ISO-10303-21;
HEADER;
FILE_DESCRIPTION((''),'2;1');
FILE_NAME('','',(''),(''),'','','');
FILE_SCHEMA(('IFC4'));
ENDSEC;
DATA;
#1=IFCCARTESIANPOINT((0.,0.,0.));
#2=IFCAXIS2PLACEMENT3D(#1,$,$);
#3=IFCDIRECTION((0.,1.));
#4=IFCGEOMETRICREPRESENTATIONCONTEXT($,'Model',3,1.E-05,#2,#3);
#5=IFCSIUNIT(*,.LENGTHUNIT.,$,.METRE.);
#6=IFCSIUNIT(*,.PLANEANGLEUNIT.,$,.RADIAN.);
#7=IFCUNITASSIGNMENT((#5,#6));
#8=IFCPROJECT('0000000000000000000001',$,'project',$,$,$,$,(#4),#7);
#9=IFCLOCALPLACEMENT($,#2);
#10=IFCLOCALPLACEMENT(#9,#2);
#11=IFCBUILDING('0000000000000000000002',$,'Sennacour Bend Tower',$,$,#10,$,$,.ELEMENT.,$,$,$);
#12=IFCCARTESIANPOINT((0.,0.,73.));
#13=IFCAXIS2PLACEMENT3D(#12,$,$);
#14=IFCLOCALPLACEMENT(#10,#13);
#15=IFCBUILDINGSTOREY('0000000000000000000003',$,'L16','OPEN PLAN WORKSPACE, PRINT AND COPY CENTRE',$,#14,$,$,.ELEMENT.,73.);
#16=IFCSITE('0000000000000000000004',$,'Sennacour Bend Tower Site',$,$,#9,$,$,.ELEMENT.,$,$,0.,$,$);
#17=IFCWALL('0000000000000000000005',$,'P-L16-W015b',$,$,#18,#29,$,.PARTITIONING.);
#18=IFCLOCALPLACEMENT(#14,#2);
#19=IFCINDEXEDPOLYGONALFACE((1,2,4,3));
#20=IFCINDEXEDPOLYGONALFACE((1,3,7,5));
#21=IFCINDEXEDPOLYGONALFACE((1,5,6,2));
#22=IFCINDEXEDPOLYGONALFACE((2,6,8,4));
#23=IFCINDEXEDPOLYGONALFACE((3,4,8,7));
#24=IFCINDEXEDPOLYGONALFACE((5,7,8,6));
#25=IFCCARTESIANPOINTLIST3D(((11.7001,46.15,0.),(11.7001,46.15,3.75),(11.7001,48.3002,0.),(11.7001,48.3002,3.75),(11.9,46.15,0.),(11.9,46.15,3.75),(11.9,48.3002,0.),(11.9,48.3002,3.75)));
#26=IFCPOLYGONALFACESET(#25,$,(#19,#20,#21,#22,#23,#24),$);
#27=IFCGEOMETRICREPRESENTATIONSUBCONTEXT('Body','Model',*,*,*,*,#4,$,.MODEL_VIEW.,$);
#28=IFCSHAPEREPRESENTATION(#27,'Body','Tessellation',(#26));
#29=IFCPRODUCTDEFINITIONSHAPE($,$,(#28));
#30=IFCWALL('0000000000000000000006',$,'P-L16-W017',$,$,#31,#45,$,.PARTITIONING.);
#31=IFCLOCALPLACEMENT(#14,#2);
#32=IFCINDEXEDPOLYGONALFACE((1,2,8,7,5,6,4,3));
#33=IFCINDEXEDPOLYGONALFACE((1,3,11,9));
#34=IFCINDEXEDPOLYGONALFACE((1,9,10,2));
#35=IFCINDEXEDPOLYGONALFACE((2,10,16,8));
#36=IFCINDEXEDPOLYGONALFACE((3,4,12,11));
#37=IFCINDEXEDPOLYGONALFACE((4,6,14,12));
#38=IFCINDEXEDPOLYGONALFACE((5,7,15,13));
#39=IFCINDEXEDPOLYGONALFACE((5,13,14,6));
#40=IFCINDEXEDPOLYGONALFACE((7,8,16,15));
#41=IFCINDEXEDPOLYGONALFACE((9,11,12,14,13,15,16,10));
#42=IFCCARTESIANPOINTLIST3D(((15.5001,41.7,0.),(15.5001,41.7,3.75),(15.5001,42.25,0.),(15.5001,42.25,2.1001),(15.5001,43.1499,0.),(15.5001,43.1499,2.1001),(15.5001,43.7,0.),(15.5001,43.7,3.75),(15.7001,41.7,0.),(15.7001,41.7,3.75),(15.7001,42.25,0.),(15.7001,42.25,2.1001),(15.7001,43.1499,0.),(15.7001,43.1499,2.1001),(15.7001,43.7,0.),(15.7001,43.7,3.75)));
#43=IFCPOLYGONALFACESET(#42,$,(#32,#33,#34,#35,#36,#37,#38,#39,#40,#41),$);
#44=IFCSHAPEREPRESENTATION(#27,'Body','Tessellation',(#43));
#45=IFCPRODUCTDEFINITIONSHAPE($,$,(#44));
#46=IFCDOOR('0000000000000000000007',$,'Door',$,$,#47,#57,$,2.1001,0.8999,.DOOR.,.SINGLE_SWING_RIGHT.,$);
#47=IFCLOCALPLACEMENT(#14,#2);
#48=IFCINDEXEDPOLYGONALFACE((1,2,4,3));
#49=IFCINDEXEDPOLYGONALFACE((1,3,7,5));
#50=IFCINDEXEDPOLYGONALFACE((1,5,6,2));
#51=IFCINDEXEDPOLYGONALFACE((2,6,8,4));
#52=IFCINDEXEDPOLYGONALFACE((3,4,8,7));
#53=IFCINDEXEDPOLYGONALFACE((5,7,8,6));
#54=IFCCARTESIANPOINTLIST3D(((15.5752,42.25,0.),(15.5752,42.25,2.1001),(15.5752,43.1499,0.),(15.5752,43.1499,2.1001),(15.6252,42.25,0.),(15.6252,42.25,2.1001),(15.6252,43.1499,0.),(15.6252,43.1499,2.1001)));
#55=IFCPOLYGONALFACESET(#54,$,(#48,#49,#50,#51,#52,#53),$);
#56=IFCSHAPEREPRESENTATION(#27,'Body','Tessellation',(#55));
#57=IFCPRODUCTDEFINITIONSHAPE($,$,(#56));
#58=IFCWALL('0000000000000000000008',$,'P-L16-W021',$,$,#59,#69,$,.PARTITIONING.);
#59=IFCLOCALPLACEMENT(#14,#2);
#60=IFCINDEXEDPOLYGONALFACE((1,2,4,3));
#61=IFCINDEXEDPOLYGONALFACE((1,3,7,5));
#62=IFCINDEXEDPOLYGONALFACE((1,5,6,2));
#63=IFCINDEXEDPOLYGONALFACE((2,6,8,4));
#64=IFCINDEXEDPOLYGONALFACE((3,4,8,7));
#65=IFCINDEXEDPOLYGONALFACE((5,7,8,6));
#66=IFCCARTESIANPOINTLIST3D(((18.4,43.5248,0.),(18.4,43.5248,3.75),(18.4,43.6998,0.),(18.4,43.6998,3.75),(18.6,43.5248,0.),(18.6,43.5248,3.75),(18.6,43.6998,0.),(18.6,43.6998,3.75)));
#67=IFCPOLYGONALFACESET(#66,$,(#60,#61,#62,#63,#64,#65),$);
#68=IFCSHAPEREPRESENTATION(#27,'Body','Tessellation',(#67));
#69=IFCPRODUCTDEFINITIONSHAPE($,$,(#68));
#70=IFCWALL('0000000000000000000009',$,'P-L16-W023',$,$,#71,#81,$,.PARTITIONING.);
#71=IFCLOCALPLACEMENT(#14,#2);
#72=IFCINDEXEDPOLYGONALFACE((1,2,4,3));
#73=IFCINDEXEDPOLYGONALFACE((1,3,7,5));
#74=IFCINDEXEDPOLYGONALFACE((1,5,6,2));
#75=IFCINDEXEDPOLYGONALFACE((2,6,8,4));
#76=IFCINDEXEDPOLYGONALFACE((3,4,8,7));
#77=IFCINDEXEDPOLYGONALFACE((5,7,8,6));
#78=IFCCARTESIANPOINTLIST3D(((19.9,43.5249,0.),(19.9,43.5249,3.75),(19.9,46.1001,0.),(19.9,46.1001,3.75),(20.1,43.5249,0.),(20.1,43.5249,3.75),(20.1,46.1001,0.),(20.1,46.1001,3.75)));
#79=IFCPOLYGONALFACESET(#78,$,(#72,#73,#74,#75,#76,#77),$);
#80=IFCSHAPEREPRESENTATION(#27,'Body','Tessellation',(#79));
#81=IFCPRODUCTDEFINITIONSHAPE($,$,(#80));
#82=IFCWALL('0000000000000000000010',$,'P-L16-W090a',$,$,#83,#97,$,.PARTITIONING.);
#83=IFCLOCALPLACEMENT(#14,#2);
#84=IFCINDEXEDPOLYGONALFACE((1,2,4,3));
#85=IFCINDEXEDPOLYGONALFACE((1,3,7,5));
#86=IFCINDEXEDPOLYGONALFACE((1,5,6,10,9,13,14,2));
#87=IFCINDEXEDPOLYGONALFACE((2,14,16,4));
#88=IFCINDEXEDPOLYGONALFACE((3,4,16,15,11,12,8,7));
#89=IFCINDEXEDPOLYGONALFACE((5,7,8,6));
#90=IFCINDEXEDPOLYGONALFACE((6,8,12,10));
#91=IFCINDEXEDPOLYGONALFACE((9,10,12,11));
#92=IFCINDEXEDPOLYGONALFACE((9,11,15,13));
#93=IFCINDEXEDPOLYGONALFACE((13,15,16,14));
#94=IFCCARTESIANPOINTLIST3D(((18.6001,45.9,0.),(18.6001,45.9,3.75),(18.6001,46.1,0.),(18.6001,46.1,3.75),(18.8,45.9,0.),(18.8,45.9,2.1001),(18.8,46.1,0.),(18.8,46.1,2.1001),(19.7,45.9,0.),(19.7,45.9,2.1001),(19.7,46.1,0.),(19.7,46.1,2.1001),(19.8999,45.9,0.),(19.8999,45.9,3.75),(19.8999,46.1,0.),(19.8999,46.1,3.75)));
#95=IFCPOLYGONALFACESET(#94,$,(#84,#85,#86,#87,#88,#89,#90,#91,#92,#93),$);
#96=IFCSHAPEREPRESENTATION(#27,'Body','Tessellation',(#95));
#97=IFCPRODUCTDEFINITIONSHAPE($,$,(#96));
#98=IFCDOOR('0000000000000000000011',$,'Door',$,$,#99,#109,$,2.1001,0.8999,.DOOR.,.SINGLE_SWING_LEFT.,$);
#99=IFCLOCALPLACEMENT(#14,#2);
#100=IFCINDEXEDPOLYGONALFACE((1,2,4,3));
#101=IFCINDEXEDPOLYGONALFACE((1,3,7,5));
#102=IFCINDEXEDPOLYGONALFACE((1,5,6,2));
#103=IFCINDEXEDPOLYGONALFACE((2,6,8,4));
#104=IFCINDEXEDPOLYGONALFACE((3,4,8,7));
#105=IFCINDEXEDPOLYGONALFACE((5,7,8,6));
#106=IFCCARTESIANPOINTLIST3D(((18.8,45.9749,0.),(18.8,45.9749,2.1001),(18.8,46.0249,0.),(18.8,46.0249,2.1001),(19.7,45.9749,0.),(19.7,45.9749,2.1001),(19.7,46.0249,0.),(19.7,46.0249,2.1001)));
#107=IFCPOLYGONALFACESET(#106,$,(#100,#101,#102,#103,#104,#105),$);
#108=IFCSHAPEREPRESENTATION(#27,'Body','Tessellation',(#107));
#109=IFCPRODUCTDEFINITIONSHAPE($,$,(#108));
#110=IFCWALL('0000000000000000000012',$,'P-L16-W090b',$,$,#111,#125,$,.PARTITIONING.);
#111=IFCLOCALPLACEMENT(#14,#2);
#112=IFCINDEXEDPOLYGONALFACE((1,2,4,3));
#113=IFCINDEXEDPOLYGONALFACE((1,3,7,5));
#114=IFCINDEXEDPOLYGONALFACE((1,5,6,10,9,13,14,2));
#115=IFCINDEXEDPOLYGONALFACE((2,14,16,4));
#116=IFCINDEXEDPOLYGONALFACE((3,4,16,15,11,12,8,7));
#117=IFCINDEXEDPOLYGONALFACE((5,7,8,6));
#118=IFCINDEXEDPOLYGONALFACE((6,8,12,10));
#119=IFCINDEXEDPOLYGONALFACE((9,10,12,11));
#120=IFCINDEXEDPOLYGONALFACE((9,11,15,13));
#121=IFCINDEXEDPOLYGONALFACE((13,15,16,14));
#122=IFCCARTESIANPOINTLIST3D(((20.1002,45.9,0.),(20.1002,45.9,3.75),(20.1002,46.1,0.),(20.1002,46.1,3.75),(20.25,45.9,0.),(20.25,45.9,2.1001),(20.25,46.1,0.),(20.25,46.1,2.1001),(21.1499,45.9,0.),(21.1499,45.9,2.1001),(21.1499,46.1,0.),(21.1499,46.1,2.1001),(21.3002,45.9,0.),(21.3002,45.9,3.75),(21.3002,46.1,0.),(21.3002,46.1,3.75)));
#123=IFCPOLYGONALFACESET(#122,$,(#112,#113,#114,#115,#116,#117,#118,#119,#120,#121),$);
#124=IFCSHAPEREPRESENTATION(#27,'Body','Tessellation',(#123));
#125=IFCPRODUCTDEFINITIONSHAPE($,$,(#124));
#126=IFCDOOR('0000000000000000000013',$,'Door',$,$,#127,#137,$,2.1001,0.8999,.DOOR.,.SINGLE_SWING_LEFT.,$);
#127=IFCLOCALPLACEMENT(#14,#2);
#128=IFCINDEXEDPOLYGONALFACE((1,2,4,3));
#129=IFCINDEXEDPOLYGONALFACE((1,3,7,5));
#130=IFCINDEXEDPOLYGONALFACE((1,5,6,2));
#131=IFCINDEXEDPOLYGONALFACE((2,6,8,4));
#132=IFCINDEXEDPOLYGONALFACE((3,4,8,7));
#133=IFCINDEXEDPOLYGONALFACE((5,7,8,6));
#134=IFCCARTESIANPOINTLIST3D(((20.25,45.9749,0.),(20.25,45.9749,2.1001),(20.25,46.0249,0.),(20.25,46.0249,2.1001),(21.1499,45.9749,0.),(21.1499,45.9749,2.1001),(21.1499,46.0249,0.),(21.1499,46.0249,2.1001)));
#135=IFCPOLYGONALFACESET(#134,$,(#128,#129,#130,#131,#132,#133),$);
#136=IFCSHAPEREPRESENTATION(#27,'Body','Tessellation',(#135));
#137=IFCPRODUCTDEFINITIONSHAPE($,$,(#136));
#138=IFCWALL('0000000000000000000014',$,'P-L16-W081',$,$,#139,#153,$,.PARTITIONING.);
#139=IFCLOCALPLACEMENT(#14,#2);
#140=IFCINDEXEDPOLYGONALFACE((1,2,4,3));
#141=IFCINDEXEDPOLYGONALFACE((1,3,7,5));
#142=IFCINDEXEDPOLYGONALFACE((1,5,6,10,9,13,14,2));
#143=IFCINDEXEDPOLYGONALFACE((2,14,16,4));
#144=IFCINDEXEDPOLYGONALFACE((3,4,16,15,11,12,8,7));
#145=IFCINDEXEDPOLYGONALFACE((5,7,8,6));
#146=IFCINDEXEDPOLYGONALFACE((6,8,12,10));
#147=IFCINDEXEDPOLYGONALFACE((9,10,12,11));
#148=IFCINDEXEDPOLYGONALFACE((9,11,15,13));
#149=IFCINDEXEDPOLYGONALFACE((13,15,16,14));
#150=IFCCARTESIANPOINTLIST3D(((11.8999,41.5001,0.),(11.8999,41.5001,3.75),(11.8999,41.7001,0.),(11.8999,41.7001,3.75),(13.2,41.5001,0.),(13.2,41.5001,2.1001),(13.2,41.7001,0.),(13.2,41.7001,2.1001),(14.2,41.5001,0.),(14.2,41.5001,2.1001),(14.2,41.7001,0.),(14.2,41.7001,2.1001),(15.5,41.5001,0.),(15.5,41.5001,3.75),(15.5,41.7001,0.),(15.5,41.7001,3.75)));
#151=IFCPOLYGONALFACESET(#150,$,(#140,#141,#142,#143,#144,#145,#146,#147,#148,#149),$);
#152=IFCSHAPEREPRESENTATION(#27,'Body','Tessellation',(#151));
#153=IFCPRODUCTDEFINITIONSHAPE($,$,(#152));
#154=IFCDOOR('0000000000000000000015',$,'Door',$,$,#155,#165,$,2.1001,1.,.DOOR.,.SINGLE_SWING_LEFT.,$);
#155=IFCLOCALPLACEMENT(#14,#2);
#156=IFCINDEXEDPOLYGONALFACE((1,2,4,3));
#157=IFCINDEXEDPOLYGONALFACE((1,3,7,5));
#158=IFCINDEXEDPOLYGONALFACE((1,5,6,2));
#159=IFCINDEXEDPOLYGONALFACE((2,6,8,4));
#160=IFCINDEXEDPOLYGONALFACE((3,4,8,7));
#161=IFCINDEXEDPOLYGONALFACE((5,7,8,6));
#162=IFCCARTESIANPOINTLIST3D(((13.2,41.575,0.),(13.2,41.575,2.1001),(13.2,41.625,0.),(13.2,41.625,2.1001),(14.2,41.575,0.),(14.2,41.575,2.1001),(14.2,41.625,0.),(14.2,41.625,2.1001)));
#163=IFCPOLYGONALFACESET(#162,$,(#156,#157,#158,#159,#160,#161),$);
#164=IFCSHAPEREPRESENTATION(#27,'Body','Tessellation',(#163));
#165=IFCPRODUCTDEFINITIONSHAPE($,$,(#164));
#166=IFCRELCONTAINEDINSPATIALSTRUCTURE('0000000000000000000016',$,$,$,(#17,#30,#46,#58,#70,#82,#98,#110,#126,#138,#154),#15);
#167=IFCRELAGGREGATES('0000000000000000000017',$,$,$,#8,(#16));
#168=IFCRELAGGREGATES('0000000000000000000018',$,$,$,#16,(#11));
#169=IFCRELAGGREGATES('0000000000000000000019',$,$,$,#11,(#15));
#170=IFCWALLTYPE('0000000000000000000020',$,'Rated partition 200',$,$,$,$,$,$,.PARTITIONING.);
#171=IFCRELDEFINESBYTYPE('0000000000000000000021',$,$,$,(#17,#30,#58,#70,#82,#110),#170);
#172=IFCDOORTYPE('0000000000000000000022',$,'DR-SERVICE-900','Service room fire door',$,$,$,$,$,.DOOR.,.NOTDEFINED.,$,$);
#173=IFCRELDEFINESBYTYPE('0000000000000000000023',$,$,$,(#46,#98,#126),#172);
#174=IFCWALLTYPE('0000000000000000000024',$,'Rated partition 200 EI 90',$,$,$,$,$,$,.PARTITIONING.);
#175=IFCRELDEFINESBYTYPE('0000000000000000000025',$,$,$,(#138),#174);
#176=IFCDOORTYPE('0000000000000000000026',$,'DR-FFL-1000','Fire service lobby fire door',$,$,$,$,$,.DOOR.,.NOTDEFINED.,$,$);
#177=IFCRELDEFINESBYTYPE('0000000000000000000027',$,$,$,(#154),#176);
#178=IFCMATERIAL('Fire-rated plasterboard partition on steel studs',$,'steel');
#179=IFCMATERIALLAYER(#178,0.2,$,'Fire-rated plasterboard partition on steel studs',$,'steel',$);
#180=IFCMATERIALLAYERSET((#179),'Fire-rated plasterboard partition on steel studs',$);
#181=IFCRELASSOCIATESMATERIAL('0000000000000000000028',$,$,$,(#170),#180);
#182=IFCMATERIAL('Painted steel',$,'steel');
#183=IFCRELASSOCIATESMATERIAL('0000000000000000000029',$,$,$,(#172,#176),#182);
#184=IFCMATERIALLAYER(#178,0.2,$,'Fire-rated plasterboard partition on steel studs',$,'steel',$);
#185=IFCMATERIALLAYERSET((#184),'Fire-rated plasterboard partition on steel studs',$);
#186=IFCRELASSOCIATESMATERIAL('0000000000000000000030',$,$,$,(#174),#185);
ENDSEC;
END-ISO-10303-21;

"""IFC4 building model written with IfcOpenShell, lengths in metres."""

from ifc_helpers import new_model, si_unit, direction, frame, frame_2d, origin, place, context, subcontext, project, spatial, rectangle, extrude, material, layer, layer_set, type_object, element, fill, save


model = new_model("IFC4")

# Units and contexts
model_context = context("Model", 3, precision=1e-05, world=origin(), true_north=direction((0.0, 1.0)))
body_context = subcontext(model_context, "Body", "Model", "MODEL_VIEW")
ifc_project = project(units=[si_unit("LENGTHUNIT", "METRE"), si_unit("PLANEANGLEUNIT", "RADIAN")], contexts=[model_context])

# Site, building, storey
site_placement = place(None, origin())
site = spatial("IfcSite", under=ifc_project, at=site_placement, Name="Sennacour Bend Tower Site", CompositionType="ELEMENT", RefElevation=0.0)
building_placement = place(site_placement, origin())
building = spatial("IfcBuilding", under=site, at=building_placement, Name="Sennacour Bend Tower", CompositionType="ELEMENT")
storey_placement = place(building_placement, frame((0.0, 0.0, 73.0)))
storey = spatial("IfcBuildingStorey", under=building, at=storey_placement, Name="L16", Description="OPEN PLAN WORKSPACE, PRINT AND COPY CENTRE", CompositionType="ELEMENT", Elevation=73.0)

# Wall
ifc_material_1 = material(Name="Fire-rated plasterboard partition on steel studs", Category="steel")
ifc_layer_1 = layer(ifc_material_1, 0.2, Name="Fire-rated plasterboard partition on steel studs", Category="steel")
ifc_layer_set_1 = layer_set([ifc_layer_1], Name="Fire-rated plasterboard partition on steel studs")
wall_type_1 = type_object("IfcWallType", Name="Rated partition 200", PredefinedType="PARTITIONING", material=ifc_layer_set_1)
wall_1_placement = place(storey_placement, frame((11.8, 46.1499, 0.0), z_axis=(0.0, 0.0, 1.0), x_axis=(0.0, 1.0, 0.0)))
element("IfcWall", 1, at=wall_1_placement, inside=storey, type_object=wall_type_1, Name="P-L16-W015b", PredefinedType="PARTITIONING", context=body_context, shape_type="SweptSolid", body=[
    extrude(rectangle(XDim=2.1501, YDim=0.2, at=frame_2d((1.0752, 0.0))), origin(), (0.0, 0.0, 1.0), 3.75),
])

# Wall, opening, door
wall_2_placement = place(storey_placement, frame((15.6001, 41.7, 0.0), z_axis=(0.0, 0.0, 1.0), x_axis=(0.0, 1.0, 0.0)))
wall_2 = element("IfcWall", 2, at=wall_2_placement, inside=storey, type_object=wall_type_1, Name="P-L16-W017", PredefinedType="PARTITIONING", context=body_context, shape_type="SweptSolid", body=[
    extrude(rectangle(XDim=2.0, YDim=0.2, at=frame_2d((1.0, 0.0))), origin(), (0.0, 0.0, 1.0), 3.75),
])
opening_1_placement = place(wall_2_placement, frame((0.55, 0.0, 0.0)))
opening_1 = element("IfcOpeningElement", 3, at=opening_1_placement, cuts=wall_2, PredefinedType="OPENING", context=body_context, shape_type="SweptSolid", body=[
    extrude(rectangle(XDim=0.8999, YDim=2.1001, at=frame_2d((0.45, 1.05))), frame((0.0, 0.1099, 0.0), z_axis=(0.0, -1.0, 0.0), x_axis=(1.0, 0.0, 0.0)), (0.0, 0.0, 1.0), 0.22),
])
ifc_material_2 = material(Name="Painted steel", Category="steel")
door_type_1 = type_object("IfcDoorType", Name="DR-SERVICE-900", Description="Service room fire door", OperationType="NOTDEFINED", PredefinedType="DOOR", material=ifc_material_2)
door_1_placement = place(opening_1_placement, origin())
door_1 = element("IfcDoor", 4, at=door_1_placement, inside=storey, type_object=door_type_1, Name="Door", OperationType="SINGLE_SWING_RIGHT", OverallHeight=2.1001, OverallWidth=0.8999, PredefinedType="DOOR", context=body_context, shape_type="SweptSolid", body=[
    extrude(rectangle(XDim=0.8999, YDim=2.1001, at=frame_2d((0.45, 1.05))), frame((0.0, 0.0249, 0.0), z_axis=(0.0, -1.0, 0.0), x_axis=(1.0, 0.0, 0.0)), (0.0, 0.0, 1.0), 0.05),
])
fill(opening_1, door_1)

# Walls
wall_3_placement = place(storey_placement, frame((18.5, 43.5249, 0.0), z_axis=(0.0, 0.0, 1.0), x_axis=(0.0, 1.0, 0.0)))
element("IfcWall", 5, at=wall_3_placement, inside=storey, type_object=wall_type_1, Name="P-L16-W021", PredefinedType="PARTITIONING", context=body_context, shape_type="SweptSolid", body=[
    extrude(rectangle(XDim=0.175, YDim=0.2, at=frame_2d((0.0874, 0.0))), origin(), (0.0, 0.0, 1.0), 3.75),
])
wall_4_placement = place(storey_placement, frame((20.0, 43.5249, 0.0), z_axis=(0.0, 0.0, 1.0), x_axis=(0.0, 1.0, 0.0)))
element("IfcWall", 6, at=wall_4_placement, inside=storey, type_object=wall_type_1, Name="P-L16-W023", PredefinedType="PARTITIONING", context=body_context, shape_type="SweptSolid", body=[
    extrude(rectangle(XDim=2.5752, YDim=0.2, at=frame_2d((1.2876, 0.0))), origin(), (0.0, 0.0, 1.0), 3.75),
])

# Walls, openings, doors
wall_5_placement = place(storey_placement, frame((18.6001, 46.0, 0.0), z_axis=(0.0, 0.0, 1.0), x_axis=(1.0, 0.0, 0.0)))
wall_5 = element("IfcWall", 7, at=wall_5_placement, inside=storey, type_object=wall_type_1, Name="P-L16-W090a", PredefinedType="PARTITIONING", context=body_context, shape_type="SweptSolid", body=[
    extrude(rectangle(XDim=1.2998, YDim=0.2, at=frame_2d((0.6499, 0.0))), origin(), (0.0, 0.0, 1.0), 3.75),
])
opening_2_placement = place(wall_5_placement, frame((0.2, 0.0, 0.0)))
opening_2 = element("IfcOpeningElement", 8, at=opening_2_placement, cuts=wall_5, PredefinedType="OPENING", context=body_context, shape_type="SweptSolid", body=[
    extrude(rectangle(XDim=0.8999, YDim=2.1001, at=frame_2d((0.45, 1.05))), frame((0.0, 0.1099, 0.0), z_axis=(0.0, -1.0, 0.0), x_axis=(1.0, 0.0, 0.0)), (0.0, 0.0, 1.0), 0.22),
])
door_2_placement = place(opening_2_placement, origin())
door_2 = element("IfcDoor", 9, at=door_2_placement, inside=storey, type_object=door_type_1, Name="Door", OperationType="SINGLE_SWING_LEFT", OverallHeight=2.1001, OverallWidth=0.8999, PredefinedType="DOOR", context=body_context, shape_type="SweptSolid", body=[
    extrude(rectangle(XDim=0.8999, YDim=2.1001, at=frame_2d((0.45, 1.05))), frame((0.0, 0.0249, 0.0), z_axis=(0.0, -1.0, 0.0), x_axis=(1.0, 0.0, 0.0)), (0.0, 0.0, 1.0), 0.05),
])
fill(opening_2, door_2)
wall_6_placement = place(storey_placement, frame((20.1001, 46.0, 0.0), z_axis=(0.0, 0.0, 1.0), x_axis=(1.0, 0.0, 0.0)))
wall_6 = element("IfcWall", 10, at=wall_6_placement, inside=storey, type_object=wall_type_1, Name="P-L16-W090b", PredefinedType="PARTITIONING", context=body_context, shape_type="SweptSolid", body=[
    extrude(rectangle(XDim=1.2, YDim=0.2, at=frame_2d((0.6001, 0.0))), origin(), (0.0, 0.0, 1.0), 3.75),
])
opening_3_placement = place(wall_6_placement, frame((0.1499, 0.0, 0.0)))
opening_3 = element("IfcOpeningElement", 11, at=opening_3_placement, cuts=wall_6, PredefinedType="OPENING", context=body_context, shape_type="SweptSolid", body=[
    extrude(rectangle(XDim=0.8999, YDim=2.1001, at=frame_2d((0.45, 1.05))), frame((0.0, 0.1099, 0.0), z_axis=(0.0, -1.0, 0.0), x_axis=(1.0, 0.0, 0.0)), (0.0, 0.0, 1.0), 0.22),
])
door_3_placement = place(opening_3_placement, origin())
door_3 = element("IfcDoor", 12, at=door_3_placement, inside=storey, type_object=door_type_1, Name="Door", OperationType="SINGLE_SWING_LEFT", OverallHeight=2.1001, OverallWidth=0.8999, PredefinedType="DOOR", context=body_context, shape_type="SweptSolid", body=[
    extrude(rectangle(XDim=0.8999, YDim=2.1001, at=frame_2d((0.45, 1.05))), frame((0.0, 0.0249, 0.0), z_axis=(0.0, -1.0, 0.0), x_axis=(1.0, 0.0, 0.0)), (0.0, 0.0, 1.0), 0.05),
])
fill(opening_3, door_3)
ifc_layer_2 = layer(ifc_material_1, 0.2, Name="Fire-rated plasterboard partition on steel studs", Category="steel")
ifc_layer_set_2 = layer_set([ifc_layer_2], Name="Fire-rated plasterboard partition on steel studs")
wall_type_2 = type_object("IfcWallType", Name="Rated partition 200 EI 90", PredefinedType="PARTITIONING", material=ifc_layer_set_2)
wall_7_placement = place(storey_placement, frame((11.8999, 41.6001, 0.0), z_axis=(0.0, 0.0, 1.0), x_axis=(1.0, 0.0, 0.0)))
wall_7 = element("IfcWall", 13, at=wall_7_placement, inside=storey, type_object=wall_type_2, Name="P-L16-W081", PredefinedType="PARTITIONING", context=body_context, shape_type="SweptSolid", body=[
    extrude(rectangle(XDim=3.6001, YDim=0.2, at=frame_2d((1.8, 0.0))), origin(), (0.0, 0.0, 1.0), 3.75),
])
opening_4_placement = place(wall_7_placement, frame((1.3, 0.0, 0.0)))
opening_4 = element("IfcOpeningElement", 14, at=opening_4_placement, cuts=wall_7, PredefinedType="OPENING", context=body_context, shape_type="SweptSolid", body=[
    extrude(rectangle(XDim=1.0, YDim=2.1001, at=frame_2d((0.5, 1.05))), frame((0.0, 0.1099, 0.0), z_axis=(0.0, -1.0, 0.0), x_axis=(1.0, 0.0, 0.0)), (0.0, 0.0, 1.0), 0.22),
])
door_type_2 = type_object("IfcDoorType", Name="DR-FFL-1000", Description="Fire service lobby fire door", OperationType="NOTDEFINED", PredefinedType="DOOR", material=ifc_material_2)
door_4_placement = place(opening_4_placement, origin())
door_4 = element("IfcDoor", 15, at=door_4_placement, inside=storey, type_object=door_type_2, Name="Door", OperationType="SINGLE_SWING_LEFT", OverallHeight=2.1001, OverallWidth=1.0, PredefinedType="DOOR", context=body_context, shape_type="SweptSolid", body=[
    extrude(rectangle(XDim=1.0, YDim=2.1001, at=frame_2d((0.5, 1.05))), frame((0.0, 0.0249, 0.0), z_axis=(0.0, -1.0, 0.0), x_axis=(1.0, 0.0, 0.0)), (0.0, 0.0, 1.0), 0.05),
])
fill(opening_4, door_4)

save(model, "model.ifc")
